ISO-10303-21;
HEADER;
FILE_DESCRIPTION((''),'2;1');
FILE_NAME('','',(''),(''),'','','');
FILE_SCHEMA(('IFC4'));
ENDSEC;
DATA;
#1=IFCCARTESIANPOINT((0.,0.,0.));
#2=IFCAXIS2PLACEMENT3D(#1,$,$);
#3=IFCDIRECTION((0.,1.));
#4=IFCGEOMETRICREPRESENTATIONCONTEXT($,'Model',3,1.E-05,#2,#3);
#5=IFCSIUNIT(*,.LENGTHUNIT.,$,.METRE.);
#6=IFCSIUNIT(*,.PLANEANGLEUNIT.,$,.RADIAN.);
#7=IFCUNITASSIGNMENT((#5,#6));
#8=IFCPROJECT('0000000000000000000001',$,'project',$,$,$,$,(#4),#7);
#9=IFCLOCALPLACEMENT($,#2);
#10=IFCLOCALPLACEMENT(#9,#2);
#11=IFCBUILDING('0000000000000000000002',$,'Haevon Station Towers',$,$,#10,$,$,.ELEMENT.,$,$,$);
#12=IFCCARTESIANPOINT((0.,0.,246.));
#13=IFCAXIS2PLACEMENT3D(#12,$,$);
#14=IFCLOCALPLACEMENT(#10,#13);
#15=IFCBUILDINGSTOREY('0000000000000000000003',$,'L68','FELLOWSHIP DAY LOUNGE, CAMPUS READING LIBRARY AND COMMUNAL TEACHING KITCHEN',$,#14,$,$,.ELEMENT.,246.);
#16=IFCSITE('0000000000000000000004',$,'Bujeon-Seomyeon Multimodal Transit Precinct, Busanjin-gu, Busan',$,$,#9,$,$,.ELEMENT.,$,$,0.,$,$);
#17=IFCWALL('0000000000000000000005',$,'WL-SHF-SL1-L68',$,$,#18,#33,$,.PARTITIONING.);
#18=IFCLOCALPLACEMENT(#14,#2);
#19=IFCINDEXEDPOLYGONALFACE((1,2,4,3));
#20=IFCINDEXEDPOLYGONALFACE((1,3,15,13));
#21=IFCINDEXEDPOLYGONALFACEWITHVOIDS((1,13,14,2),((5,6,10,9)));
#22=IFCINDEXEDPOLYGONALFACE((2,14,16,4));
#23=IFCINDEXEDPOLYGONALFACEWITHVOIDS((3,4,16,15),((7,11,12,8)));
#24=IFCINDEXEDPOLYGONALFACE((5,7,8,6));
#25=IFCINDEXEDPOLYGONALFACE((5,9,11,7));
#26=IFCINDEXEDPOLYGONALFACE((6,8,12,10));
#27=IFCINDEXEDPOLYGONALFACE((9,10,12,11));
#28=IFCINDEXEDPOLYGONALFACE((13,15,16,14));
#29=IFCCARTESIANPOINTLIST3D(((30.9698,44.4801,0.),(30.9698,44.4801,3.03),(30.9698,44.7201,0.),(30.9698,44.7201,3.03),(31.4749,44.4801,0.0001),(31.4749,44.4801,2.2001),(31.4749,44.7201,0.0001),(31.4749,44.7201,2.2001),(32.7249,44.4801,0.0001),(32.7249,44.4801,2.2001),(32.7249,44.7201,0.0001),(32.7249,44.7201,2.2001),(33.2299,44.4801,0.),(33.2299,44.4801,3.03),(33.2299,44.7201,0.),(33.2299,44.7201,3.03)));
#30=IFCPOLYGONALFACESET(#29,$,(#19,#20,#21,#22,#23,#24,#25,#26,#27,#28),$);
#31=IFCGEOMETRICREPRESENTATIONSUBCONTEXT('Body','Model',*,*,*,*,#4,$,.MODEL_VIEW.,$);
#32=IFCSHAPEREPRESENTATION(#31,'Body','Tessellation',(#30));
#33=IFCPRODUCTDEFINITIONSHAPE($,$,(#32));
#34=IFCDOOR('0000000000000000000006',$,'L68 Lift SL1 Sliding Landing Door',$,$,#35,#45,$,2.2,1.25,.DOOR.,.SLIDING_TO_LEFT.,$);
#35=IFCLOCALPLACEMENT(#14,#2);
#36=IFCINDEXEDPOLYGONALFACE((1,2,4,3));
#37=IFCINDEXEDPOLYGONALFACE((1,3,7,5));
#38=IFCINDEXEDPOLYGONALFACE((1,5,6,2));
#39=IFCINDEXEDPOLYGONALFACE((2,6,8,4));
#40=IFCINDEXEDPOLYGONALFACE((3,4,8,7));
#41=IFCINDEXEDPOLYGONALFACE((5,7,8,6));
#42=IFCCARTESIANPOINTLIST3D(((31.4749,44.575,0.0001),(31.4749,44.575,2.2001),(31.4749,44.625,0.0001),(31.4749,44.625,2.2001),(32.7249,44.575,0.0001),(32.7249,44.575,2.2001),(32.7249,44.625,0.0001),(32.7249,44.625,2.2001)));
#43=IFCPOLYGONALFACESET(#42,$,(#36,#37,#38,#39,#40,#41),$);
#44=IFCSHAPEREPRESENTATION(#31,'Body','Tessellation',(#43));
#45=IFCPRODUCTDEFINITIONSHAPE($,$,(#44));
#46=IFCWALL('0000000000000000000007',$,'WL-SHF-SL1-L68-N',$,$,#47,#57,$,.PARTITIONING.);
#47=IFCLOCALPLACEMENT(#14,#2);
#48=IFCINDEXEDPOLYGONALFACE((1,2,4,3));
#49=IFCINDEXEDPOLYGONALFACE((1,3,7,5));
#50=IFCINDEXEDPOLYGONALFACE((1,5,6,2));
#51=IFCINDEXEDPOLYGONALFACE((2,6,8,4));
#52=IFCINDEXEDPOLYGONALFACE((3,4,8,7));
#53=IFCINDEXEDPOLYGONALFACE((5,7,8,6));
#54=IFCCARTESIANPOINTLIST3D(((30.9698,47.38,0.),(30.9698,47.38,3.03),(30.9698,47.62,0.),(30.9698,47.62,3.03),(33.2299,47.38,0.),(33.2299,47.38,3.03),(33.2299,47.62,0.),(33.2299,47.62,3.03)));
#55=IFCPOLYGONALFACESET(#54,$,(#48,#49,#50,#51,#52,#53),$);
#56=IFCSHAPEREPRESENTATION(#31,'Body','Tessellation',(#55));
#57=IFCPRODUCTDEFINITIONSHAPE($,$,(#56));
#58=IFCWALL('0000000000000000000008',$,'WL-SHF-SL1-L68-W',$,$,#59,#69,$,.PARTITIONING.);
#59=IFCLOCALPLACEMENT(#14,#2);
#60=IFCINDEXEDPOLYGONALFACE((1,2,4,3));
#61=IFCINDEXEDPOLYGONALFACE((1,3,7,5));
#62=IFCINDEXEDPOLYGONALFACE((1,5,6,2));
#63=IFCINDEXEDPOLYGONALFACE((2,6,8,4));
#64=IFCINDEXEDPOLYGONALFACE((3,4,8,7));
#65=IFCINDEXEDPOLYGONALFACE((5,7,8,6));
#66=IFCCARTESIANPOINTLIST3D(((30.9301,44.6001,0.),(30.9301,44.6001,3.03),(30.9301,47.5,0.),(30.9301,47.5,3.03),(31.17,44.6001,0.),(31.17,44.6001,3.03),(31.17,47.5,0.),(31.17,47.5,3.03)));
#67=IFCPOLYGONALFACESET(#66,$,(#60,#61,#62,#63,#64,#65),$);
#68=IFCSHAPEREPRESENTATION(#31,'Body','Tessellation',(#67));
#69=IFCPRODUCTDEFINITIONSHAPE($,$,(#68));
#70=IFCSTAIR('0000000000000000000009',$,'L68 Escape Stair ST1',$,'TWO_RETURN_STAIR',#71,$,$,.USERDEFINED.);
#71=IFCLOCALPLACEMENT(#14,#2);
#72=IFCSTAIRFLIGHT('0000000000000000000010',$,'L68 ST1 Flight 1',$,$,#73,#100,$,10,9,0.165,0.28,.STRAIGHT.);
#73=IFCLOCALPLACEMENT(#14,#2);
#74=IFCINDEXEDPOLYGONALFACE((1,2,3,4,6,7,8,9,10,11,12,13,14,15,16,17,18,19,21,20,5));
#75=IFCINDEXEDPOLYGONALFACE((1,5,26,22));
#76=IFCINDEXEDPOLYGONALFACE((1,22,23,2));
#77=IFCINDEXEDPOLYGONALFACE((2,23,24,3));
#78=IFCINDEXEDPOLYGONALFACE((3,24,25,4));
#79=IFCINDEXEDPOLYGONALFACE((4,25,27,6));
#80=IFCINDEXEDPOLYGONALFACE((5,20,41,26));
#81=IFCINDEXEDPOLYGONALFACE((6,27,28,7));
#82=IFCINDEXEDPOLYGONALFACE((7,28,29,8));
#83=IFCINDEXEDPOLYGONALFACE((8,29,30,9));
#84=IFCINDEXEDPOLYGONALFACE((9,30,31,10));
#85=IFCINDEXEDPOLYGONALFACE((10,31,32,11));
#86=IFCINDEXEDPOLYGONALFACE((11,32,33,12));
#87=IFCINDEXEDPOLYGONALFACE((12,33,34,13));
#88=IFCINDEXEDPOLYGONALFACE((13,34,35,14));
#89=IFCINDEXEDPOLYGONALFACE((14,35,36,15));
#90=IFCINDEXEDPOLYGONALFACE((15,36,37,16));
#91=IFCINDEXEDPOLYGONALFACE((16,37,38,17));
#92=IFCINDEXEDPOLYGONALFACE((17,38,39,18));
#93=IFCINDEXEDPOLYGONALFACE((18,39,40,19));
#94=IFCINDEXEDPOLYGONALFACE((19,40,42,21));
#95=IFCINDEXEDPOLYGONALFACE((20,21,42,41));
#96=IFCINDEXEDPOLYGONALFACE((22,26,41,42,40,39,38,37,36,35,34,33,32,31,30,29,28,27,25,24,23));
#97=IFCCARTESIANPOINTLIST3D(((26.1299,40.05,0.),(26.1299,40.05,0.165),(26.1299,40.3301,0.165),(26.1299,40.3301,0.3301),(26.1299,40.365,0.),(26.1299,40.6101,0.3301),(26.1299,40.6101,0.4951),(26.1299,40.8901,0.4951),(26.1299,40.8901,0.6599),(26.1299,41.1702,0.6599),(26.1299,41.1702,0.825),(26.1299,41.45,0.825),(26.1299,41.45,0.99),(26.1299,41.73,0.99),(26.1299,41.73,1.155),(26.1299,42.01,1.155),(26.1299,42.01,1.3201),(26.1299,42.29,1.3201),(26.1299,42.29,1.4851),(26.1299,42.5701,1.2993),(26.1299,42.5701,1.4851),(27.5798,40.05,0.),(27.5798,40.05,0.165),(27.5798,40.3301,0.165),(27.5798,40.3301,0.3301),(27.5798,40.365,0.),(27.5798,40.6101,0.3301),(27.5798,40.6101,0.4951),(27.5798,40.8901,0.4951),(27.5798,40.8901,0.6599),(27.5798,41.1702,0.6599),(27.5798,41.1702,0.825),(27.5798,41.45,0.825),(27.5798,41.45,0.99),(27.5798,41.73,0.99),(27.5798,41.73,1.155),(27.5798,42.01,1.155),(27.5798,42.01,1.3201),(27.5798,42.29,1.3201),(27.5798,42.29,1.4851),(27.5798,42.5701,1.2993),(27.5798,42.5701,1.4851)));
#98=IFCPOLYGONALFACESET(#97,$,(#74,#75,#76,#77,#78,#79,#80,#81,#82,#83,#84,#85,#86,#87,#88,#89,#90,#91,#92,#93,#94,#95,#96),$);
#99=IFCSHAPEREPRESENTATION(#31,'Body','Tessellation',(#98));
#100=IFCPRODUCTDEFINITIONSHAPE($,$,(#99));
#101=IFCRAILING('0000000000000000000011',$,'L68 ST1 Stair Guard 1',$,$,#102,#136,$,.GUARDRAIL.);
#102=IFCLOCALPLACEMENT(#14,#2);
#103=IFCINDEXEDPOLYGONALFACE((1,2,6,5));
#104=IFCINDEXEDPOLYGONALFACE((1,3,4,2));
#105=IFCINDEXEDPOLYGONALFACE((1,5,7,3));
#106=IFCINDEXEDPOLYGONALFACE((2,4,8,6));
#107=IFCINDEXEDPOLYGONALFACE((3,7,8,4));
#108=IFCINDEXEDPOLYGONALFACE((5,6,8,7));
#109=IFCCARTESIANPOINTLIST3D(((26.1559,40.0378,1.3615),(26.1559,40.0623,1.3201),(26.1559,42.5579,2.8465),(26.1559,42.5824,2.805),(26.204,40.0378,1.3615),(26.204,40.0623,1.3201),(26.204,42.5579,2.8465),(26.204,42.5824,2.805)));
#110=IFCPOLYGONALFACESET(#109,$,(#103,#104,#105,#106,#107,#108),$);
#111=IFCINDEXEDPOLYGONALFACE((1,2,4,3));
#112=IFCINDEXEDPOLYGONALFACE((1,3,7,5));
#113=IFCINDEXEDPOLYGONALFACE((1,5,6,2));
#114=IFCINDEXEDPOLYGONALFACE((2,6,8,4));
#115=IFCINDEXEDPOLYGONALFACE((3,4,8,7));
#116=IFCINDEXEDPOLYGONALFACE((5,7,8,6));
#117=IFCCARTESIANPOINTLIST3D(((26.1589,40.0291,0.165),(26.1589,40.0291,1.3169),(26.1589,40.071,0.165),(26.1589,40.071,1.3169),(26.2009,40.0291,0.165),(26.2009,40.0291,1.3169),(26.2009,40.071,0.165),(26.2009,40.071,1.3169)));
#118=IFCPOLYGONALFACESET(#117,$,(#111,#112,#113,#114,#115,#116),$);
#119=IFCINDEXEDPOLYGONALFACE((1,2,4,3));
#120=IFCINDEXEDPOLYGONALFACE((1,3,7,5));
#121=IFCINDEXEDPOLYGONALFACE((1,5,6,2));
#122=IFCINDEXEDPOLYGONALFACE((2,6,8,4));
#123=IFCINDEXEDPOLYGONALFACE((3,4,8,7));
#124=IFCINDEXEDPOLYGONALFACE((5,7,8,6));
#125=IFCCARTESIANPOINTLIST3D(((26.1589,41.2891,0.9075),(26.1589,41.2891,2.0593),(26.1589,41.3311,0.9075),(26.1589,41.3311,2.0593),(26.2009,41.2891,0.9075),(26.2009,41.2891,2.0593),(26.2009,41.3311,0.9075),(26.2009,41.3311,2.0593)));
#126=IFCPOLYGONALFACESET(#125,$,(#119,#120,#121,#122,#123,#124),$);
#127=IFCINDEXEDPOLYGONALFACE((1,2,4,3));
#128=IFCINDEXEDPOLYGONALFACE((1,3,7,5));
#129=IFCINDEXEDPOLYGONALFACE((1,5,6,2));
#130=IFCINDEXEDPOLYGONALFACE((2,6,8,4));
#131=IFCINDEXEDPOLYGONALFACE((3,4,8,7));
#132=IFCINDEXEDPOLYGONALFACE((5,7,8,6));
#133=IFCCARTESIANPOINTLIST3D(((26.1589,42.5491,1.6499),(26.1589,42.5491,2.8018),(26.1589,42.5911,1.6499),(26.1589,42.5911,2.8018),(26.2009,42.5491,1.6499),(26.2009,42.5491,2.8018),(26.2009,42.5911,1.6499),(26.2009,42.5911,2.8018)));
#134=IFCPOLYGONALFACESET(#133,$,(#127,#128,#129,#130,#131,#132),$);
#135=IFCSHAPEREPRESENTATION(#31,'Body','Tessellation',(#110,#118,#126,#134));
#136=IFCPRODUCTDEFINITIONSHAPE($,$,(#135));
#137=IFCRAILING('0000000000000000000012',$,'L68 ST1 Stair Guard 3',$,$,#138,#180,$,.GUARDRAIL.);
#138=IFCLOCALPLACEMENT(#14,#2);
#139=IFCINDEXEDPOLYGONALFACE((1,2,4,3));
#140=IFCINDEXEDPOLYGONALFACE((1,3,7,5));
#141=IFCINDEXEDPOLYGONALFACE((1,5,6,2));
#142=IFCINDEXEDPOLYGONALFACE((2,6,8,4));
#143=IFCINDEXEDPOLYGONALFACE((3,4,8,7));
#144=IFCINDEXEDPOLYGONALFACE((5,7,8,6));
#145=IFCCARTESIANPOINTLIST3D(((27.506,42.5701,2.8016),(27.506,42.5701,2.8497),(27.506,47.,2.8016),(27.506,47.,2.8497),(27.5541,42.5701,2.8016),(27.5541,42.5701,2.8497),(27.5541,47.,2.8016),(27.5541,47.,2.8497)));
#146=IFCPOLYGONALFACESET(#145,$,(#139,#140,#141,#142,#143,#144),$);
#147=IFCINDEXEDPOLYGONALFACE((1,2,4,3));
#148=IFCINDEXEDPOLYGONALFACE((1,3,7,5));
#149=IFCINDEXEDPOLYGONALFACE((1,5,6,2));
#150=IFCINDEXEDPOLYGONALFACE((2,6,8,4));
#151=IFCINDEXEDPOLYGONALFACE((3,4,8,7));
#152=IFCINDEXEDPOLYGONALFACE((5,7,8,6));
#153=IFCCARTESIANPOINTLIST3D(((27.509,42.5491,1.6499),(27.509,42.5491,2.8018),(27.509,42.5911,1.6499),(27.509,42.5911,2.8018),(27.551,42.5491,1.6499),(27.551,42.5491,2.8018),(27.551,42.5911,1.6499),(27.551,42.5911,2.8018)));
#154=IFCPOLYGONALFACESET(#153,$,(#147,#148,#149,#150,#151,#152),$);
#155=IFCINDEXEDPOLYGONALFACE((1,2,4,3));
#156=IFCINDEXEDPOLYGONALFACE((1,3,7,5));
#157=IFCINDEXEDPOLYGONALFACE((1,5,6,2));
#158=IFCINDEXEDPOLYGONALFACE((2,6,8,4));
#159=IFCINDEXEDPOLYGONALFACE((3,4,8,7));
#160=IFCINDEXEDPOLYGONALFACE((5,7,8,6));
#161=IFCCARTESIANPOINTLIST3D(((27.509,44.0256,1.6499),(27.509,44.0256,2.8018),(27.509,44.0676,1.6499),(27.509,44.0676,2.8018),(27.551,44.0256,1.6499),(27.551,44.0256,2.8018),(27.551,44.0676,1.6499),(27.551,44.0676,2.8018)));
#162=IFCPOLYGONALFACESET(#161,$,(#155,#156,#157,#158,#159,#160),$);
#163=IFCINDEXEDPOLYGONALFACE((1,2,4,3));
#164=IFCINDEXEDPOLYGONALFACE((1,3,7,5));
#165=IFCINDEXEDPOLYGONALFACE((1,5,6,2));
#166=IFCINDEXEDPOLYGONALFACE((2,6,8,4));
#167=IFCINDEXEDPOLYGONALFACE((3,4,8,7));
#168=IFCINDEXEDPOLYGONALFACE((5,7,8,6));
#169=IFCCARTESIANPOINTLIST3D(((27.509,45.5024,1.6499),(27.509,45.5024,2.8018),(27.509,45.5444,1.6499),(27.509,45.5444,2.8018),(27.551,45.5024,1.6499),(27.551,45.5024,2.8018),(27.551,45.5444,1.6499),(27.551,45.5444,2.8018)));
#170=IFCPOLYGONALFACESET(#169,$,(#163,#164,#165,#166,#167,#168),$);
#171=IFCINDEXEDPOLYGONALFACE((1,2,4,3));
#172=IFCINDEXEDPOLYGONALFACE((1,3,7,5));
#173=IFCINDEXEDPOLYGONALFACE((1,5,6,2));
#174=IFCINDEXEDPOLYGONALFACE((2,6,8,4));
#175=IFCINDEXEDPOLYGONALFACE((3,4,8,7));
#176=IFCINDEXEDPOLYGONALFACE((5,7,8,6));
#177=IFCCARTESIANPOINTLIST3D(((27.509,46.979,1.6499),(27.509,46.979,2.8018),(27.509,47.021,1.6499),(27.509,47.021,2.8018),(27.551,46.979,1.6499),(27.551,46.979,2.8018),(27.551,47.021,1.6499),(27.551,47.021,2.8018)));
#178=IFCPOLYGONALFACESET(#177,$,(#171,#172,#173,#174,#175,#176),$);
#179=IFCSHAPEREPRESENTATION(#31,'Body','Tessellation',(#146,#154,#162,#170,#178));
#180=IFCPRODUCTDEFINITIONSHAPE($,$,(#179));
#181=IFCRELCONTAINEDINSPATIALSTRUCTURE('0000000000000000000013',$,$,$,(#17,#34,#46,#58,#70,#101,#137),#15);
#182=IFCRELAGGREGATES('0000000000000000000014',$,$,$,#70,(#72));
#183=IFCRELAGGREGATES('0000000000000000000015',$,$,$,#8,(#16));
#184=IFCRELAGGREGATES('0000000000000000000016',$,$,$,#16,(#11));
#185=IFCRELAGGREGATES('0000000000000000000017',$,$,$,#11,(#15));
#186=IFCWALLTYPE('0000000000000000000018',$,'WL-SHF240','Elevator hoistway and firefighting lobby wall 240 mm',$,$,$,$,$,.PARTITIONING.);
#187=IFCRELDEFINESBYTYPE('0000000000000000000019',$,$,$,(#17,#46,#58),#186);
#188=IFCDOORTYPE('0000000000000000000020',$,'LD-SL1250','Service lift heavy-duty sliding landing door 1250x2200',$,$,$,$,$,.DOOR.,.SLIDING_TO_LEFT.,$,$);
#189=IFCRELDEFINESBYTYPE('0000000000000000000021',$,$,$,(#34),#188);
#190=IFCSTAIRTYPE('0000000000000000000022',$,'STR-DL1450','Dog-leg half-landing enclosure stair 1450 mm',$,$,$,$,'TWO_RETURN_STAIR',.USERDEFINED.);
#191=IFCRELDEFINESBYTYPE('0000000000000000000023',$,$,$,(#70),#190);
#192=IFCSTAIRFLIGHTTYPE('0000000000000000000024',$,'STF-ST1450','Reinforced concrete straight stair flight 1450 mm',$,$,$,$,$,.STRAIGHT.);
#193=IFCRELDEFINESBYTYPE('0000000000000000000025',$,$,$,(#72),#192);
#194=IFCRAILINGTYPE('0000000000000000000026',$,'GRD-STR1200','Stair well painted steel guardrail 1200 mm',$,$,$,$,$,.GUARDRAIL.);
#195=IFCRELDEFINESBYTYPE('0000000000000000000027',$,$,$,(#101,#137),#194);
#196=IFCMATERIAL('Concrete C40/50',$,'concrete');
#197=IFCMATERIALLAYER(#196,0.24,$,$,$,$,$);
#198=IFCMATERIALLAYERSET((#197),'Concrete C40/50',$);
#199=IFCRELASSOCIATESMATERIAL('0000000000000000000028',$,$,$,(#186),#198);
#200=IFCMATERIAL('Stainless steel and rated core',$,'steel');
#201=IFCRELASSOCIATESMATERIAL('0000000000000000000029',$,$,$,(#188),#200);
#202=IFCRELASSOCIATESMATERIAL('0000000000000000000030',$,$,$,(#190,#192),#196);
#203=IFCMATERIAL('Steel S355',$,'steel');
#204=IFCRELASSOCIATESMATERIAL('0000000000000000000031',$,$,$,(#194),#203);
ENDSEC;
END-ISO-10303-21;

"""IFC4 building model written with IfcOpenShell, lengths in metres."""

from ifc_helpers import new_model, si_unit, direction, frame, frame_2d, origin, origin_2d, place, context, subcontext, project, spatial, polyline, rectangle, outline, extrude, material, layer, layer_set, type_object, element, fill, aggregate, save


model = new_model("IFC4")

# Units and contexts
model_context = context("Model", 3, precision=1e-05, world=origin(), true_north=direction((0.0, 1.0)))
body_context = subcontext(model_context, "Body", "Model", "MODEL_VIEW")
ifc_project = project(units=[si_unit("LENGTHUNIT", "METRE"), si_unit("PLANEANGLEUNIT", "RADIAN")], contexts=[model_context])

# Site, building, storey
site_placement = place(None, origin())
site = spatial("IfcSite", under=ifc_project, at=site_placement, Name="Bujeon-Seomyeon Multimodal Transit Precinct, Busanjin-gu, Busan", CompositionType="ELEMENT", RefElevation=0.0)
building_placement = place(site_placement, origin())
building = spatial("IfcBuilding", under=site, at=building_placement, Name="Haevon Station Towers", CompositionType="ELEMENT")
storey_placement = place(building_placement, frame((0.0, 0.0, 246.0)))
storey = spatial("IfcBuildingStorey", under=building, at=storey_placement, Name="L68", Description="FELLOWSHIP DAY LOUNGE, CAMPUS READING LIBRARY AND COMMUNAL TEACHING KITCHEN", CompositionType="ELEMENT", Elevation=246.0)

# Shared definitions
ifc_material_1 = material(Name="Steel S355", Category="steel")

# Shared definitions
ifc_material_2 = material(Name="Concrete C40/50", Category="concrete")
ifc_layer_1 = layer(ifc_material_2, 0.24)
ifc_layer_set_1 = layer_set([ifc_layer_1], Name="Concrete C40/50")
wall_type_1 = type_object("IfcWallType", Name="WL-SHF240", Description="Elevator hoistway and firefighting lobby wall 240 mm", PredefinedType="PARTITIONING", material=ifc_layer_set_1)
ifc_material_3 = material(Name="Stainless steel and rated core", Category="steel")

# Wall, opening, door
wall_1_placement = place(storey_placement, frame((30.97, 44.6001, 0.0), z_axis=(0.0, 0.0, 1.0), x_axis=(1.0, 0.0, 0.0)))
wall_1 = element("IfcWall", 1, at=wall_1_placement, inside=storey, type_object=wall_type_1, Name="WL-SHF-SL1-L68", PredefinedType="PARTITIONING", context=body_context, shape_type="SweptSolid", body=[
    extrude(rectangle(XDim=2.26, YDim=0.24, at=frame_2d((1.1299, 0.0))), origin(), (0.0, 0.0, 1.0), 3.03),
])
opening_1_placement = place(wall_1_placement, frame((0.5049, 0.0, 0.0)))
opening_1 = element("IfcOpeningElement", 2, at=opening_1_placement, cuts=wall_1, PredefinedType="OPENING", context=body_context, shape_type="SweptSolid", body=[
    extrude(rectangle(XDim=1.25, YDim=2.2, at=frame_2d((0.625, 1.1001))), frame((0.0, 0.1299, 0.0), z_axis=(0.0, -1.0, 0.0), x_axis=(1.0, 0.0, 0.0)), (0.0, 0.0, 1.0), 0.26),
])
door_type_1 = type_object("IfcDoorType", Name="LD-SL1250", Description="Service lift heavy-duty sliding landing door 1250x2200", OperationType="SLIDING_TO_LEFT", PredefinedType="DOOR", material=ifc_material_3)
door_1_placement = place(opening_1_placement, origin())
door_1 = element("IfcDoor", 3, at=door_1_placement, inside=storey, type_object=door_type_1, Name="L68 Lift SL1 Sliding Landing Door", OperationType="SLIDING_TO_LEFT", OverallHeight=2.2, OverallWidth=1.25, PredefinedType="DOOR", context=body_context, shape_type="SweptSolid", body=[
    extrude(rectangle(XDim=1.25, YDim=2.2, at=frame_2d((0.625, 1.1001))), frame((0.0, 0.0249, 0.0), z_axis=(0.0, -1.0, 0.0), x_axis=(1.0, 0.0, 0.0)), (0.0, 0.0, 1.0), 0.05),
])
fill(opening_1, door_1)

# Walls
wall_2_placement = place(storey_placement, frame((30.97, 47.5, 0.0), z_axis=(0.0, 0.0, 1.0), x_axis=(1.0, 0.0, 0.0)))
element("IfcWall", 4, at=wall_2_placement, inside=storey, type_object=wall_type_1, Name="WL-SHF-SL1-L68-N", PredefinedType="PARTITIONING", context=body_context, shape_type="SweptSolid", body=[
    extrude(rectangle(XDim=2.26, YDim=0.24, at=frame_2d((1.1299, 0.0))), origin(), (0.0, 0.0, 1.0), 3.03),
])
wall_3_placement = place(storey_placement, frame((31.05, 44.6001, 0.0), z_axis=(0.0, 0.0, 1.0), x_axis=(0.0, 1.0, 0.0)))
element("IfcWall", 5, at=wall_3_placement, inside=storey, type_object=wall_type_1, Name="WL-SHF-SL1-L68-W", PredefinedType="PARTITIONING", context=body_context, shape_type="SweptSolid", body=[
    extrude(rectangle(XDim=2.8999, YDim=0.24, at=frame_2d((1.45, 0.0))), origin(), (0.0, 0.0, 1.0), 3.03),
])

# Stair, stair flight
stair_type = type_object("IfcStairType", Name="STR-DL1450", Description="Dog-leg half-landing enclosure stair 1450 mm", ElementType="TWO_RETURN_STAIR", PredefinedType="USERDEFINED", material=ifc_material_2)
stair_placement = place(storey_placement, origin())
stair = element("IfcStair", 6, at=stair_placement, inside=storey, type_object=stair_type, Name="L68 Escape Stair ST1", ObjectType="TWO_RETURN_STAIR", PredefinedType="USERDEFINED")
stair_flight_type = type_object("IfcStairFlightType", Name="STF-ST1450", Description="Reinforced concrete straight stair flight 1450 mm", PredefinedType="STRAIGHT", material=ifc_material_2)
stair_flight_placement = place(storey_placement, frame((26.855, 40.05, 0.0), z_axis=(0.0, 0.0, 1.0), x_axis=(0.0, 1.0, 0.0)))
stair_flight = element("IfcStairFlight", 7, at=stair_flight_placement, type_object=stair_flight_type, Name="L68 ST1 Flight 1", NumberOfRisers=10, NumberOfTreads=9, PredefinedType="STRAIGHT", RiserHeight=0.165, TreadLength=0.28, context=body_context, shape_type="SweptSolid", body=[
    extrude(outline(polyline([(0.0, 0.0), (0.0, 0.165), (0.28, 0.165), (0.28, 0.3301), (0.5601, 0.3301), (0.5601, 0.4951), (0.8401, 0.4951), (0.8401, 0.6599), (1.1201, 0.6599), (1.1201, 0.825), (1.3999, 0.825), (1.3999, 0.99), (1.6799, 0.99), (1.6799, 1.155), (1.96, 1.155), (1.96, 1.3201), (2.24, 1.3201), (2.24, 1.4851), (2.52, 1.4851), (2.52, 1.6499), (2.52, 1.2993), (0.3149, 0.0), (0.0, 0.0)])), frame((0.0, 0.7251, 0.0), z_axis=(0.0, -1.0, 0.0), x_axis=(1.0, 0.0, 0.0)), (0.0, 0.0, 1.0), 1.45),
])
aggregate(stair, [stair_flight])

# Railings
railing_type_1 = type_object("IfcRailingType", Name="GRD-STR1200", Description="Stair well painted steel guardrail 1200 mm", PredefinedType="GUARDRAIL", material=ifc_material_1)
railing_1_placement = place(storey_placement, frame((26.1799, 40.05, 0.165)))
element("IfcRailing", 8, at=railing_1_placement, inside=storey, type_object=railing_type_1, Name="L68 ST1 Stair Guard 1", PredefinedType="GUARDRAIL", context=body_context, shape_type="SweptSolid", body=[
    extrude(rectangle(XDim=0.0481, YDim=0.0481, at=origin_2d()), frame((0.0, 0.0, 1.1758), z_axis=(0.0, 0.861561, 0.507655), x_axis=(-1.0, 0.0, 0.0)), (0.0, 0.0, 1.0), 2.925),
    extrude(rectangle(XDim=0.042, YDim=0.042, at=origin_2d()), origin(), (0.0, 0.0, 1.0), 1.1519),
    extrude(rectangle(XDim=0.042, YDim=0.042, at=origin_2d()), frame((0.0, 1.26, 0.7424)), (0.0, 0.0, 1.0), 1.1519),
    extrude(rectangle(XDim=0.042, YDim=0.042, at=origin_2d()), frame((0.0, 2.52, 1.4849)), (0.0, 0.0, 1.0), 1.1519),
])
railing_2_placement = place(storey_placement, frame((27.53, 42.5701, 1.6499)))
element("IfcRailing", 9, at=railing_2_placement, inside=storey, type_object=railing_type_1, Name="L68 ST1 Stair Guard 3", PredefinedType="GUARDRAIL", context=body_context, shape_type="SweptSolid", body=[
    extrude(rectangle(XDim=0.0481, YDim=0.0481, at=origin_2d()), frame((0.0, 0.0, 1.1758), z_axis=(0.0, 1.0, 0.0), x_axis=(-1.0, 0.0, 0.0)), (0.0, 0.0, 1.0), 4.4299),
    extrude(rectangle(XDim=0.042, YDim=0.042, at=origin_2d()), origin(), (0.0, 0.0, 1.0), 1.1519),
    extrude(rectangle(XDim=0.042, YDim=0.042, at=origin_2d()), frame((0.0, 1.4766, 0.0)), (0.0, 0.0, 1.0), 1.1519),
    extrude(rectangle(XDim=0.042, YDim=0.042, at=origin_2d()), frame((0.0, 2.9534, 0.0)), (0.0, 0.0, 1.0), 1.1519),
    extrude(rectangle(XDim=0.042, YDim=0.042, at=origin_2d()), frame((0.0, 4.4299, 0.0)), (0.0, 0.0, 1.0), 1.1519),
])

save(model, "model.ifc")
